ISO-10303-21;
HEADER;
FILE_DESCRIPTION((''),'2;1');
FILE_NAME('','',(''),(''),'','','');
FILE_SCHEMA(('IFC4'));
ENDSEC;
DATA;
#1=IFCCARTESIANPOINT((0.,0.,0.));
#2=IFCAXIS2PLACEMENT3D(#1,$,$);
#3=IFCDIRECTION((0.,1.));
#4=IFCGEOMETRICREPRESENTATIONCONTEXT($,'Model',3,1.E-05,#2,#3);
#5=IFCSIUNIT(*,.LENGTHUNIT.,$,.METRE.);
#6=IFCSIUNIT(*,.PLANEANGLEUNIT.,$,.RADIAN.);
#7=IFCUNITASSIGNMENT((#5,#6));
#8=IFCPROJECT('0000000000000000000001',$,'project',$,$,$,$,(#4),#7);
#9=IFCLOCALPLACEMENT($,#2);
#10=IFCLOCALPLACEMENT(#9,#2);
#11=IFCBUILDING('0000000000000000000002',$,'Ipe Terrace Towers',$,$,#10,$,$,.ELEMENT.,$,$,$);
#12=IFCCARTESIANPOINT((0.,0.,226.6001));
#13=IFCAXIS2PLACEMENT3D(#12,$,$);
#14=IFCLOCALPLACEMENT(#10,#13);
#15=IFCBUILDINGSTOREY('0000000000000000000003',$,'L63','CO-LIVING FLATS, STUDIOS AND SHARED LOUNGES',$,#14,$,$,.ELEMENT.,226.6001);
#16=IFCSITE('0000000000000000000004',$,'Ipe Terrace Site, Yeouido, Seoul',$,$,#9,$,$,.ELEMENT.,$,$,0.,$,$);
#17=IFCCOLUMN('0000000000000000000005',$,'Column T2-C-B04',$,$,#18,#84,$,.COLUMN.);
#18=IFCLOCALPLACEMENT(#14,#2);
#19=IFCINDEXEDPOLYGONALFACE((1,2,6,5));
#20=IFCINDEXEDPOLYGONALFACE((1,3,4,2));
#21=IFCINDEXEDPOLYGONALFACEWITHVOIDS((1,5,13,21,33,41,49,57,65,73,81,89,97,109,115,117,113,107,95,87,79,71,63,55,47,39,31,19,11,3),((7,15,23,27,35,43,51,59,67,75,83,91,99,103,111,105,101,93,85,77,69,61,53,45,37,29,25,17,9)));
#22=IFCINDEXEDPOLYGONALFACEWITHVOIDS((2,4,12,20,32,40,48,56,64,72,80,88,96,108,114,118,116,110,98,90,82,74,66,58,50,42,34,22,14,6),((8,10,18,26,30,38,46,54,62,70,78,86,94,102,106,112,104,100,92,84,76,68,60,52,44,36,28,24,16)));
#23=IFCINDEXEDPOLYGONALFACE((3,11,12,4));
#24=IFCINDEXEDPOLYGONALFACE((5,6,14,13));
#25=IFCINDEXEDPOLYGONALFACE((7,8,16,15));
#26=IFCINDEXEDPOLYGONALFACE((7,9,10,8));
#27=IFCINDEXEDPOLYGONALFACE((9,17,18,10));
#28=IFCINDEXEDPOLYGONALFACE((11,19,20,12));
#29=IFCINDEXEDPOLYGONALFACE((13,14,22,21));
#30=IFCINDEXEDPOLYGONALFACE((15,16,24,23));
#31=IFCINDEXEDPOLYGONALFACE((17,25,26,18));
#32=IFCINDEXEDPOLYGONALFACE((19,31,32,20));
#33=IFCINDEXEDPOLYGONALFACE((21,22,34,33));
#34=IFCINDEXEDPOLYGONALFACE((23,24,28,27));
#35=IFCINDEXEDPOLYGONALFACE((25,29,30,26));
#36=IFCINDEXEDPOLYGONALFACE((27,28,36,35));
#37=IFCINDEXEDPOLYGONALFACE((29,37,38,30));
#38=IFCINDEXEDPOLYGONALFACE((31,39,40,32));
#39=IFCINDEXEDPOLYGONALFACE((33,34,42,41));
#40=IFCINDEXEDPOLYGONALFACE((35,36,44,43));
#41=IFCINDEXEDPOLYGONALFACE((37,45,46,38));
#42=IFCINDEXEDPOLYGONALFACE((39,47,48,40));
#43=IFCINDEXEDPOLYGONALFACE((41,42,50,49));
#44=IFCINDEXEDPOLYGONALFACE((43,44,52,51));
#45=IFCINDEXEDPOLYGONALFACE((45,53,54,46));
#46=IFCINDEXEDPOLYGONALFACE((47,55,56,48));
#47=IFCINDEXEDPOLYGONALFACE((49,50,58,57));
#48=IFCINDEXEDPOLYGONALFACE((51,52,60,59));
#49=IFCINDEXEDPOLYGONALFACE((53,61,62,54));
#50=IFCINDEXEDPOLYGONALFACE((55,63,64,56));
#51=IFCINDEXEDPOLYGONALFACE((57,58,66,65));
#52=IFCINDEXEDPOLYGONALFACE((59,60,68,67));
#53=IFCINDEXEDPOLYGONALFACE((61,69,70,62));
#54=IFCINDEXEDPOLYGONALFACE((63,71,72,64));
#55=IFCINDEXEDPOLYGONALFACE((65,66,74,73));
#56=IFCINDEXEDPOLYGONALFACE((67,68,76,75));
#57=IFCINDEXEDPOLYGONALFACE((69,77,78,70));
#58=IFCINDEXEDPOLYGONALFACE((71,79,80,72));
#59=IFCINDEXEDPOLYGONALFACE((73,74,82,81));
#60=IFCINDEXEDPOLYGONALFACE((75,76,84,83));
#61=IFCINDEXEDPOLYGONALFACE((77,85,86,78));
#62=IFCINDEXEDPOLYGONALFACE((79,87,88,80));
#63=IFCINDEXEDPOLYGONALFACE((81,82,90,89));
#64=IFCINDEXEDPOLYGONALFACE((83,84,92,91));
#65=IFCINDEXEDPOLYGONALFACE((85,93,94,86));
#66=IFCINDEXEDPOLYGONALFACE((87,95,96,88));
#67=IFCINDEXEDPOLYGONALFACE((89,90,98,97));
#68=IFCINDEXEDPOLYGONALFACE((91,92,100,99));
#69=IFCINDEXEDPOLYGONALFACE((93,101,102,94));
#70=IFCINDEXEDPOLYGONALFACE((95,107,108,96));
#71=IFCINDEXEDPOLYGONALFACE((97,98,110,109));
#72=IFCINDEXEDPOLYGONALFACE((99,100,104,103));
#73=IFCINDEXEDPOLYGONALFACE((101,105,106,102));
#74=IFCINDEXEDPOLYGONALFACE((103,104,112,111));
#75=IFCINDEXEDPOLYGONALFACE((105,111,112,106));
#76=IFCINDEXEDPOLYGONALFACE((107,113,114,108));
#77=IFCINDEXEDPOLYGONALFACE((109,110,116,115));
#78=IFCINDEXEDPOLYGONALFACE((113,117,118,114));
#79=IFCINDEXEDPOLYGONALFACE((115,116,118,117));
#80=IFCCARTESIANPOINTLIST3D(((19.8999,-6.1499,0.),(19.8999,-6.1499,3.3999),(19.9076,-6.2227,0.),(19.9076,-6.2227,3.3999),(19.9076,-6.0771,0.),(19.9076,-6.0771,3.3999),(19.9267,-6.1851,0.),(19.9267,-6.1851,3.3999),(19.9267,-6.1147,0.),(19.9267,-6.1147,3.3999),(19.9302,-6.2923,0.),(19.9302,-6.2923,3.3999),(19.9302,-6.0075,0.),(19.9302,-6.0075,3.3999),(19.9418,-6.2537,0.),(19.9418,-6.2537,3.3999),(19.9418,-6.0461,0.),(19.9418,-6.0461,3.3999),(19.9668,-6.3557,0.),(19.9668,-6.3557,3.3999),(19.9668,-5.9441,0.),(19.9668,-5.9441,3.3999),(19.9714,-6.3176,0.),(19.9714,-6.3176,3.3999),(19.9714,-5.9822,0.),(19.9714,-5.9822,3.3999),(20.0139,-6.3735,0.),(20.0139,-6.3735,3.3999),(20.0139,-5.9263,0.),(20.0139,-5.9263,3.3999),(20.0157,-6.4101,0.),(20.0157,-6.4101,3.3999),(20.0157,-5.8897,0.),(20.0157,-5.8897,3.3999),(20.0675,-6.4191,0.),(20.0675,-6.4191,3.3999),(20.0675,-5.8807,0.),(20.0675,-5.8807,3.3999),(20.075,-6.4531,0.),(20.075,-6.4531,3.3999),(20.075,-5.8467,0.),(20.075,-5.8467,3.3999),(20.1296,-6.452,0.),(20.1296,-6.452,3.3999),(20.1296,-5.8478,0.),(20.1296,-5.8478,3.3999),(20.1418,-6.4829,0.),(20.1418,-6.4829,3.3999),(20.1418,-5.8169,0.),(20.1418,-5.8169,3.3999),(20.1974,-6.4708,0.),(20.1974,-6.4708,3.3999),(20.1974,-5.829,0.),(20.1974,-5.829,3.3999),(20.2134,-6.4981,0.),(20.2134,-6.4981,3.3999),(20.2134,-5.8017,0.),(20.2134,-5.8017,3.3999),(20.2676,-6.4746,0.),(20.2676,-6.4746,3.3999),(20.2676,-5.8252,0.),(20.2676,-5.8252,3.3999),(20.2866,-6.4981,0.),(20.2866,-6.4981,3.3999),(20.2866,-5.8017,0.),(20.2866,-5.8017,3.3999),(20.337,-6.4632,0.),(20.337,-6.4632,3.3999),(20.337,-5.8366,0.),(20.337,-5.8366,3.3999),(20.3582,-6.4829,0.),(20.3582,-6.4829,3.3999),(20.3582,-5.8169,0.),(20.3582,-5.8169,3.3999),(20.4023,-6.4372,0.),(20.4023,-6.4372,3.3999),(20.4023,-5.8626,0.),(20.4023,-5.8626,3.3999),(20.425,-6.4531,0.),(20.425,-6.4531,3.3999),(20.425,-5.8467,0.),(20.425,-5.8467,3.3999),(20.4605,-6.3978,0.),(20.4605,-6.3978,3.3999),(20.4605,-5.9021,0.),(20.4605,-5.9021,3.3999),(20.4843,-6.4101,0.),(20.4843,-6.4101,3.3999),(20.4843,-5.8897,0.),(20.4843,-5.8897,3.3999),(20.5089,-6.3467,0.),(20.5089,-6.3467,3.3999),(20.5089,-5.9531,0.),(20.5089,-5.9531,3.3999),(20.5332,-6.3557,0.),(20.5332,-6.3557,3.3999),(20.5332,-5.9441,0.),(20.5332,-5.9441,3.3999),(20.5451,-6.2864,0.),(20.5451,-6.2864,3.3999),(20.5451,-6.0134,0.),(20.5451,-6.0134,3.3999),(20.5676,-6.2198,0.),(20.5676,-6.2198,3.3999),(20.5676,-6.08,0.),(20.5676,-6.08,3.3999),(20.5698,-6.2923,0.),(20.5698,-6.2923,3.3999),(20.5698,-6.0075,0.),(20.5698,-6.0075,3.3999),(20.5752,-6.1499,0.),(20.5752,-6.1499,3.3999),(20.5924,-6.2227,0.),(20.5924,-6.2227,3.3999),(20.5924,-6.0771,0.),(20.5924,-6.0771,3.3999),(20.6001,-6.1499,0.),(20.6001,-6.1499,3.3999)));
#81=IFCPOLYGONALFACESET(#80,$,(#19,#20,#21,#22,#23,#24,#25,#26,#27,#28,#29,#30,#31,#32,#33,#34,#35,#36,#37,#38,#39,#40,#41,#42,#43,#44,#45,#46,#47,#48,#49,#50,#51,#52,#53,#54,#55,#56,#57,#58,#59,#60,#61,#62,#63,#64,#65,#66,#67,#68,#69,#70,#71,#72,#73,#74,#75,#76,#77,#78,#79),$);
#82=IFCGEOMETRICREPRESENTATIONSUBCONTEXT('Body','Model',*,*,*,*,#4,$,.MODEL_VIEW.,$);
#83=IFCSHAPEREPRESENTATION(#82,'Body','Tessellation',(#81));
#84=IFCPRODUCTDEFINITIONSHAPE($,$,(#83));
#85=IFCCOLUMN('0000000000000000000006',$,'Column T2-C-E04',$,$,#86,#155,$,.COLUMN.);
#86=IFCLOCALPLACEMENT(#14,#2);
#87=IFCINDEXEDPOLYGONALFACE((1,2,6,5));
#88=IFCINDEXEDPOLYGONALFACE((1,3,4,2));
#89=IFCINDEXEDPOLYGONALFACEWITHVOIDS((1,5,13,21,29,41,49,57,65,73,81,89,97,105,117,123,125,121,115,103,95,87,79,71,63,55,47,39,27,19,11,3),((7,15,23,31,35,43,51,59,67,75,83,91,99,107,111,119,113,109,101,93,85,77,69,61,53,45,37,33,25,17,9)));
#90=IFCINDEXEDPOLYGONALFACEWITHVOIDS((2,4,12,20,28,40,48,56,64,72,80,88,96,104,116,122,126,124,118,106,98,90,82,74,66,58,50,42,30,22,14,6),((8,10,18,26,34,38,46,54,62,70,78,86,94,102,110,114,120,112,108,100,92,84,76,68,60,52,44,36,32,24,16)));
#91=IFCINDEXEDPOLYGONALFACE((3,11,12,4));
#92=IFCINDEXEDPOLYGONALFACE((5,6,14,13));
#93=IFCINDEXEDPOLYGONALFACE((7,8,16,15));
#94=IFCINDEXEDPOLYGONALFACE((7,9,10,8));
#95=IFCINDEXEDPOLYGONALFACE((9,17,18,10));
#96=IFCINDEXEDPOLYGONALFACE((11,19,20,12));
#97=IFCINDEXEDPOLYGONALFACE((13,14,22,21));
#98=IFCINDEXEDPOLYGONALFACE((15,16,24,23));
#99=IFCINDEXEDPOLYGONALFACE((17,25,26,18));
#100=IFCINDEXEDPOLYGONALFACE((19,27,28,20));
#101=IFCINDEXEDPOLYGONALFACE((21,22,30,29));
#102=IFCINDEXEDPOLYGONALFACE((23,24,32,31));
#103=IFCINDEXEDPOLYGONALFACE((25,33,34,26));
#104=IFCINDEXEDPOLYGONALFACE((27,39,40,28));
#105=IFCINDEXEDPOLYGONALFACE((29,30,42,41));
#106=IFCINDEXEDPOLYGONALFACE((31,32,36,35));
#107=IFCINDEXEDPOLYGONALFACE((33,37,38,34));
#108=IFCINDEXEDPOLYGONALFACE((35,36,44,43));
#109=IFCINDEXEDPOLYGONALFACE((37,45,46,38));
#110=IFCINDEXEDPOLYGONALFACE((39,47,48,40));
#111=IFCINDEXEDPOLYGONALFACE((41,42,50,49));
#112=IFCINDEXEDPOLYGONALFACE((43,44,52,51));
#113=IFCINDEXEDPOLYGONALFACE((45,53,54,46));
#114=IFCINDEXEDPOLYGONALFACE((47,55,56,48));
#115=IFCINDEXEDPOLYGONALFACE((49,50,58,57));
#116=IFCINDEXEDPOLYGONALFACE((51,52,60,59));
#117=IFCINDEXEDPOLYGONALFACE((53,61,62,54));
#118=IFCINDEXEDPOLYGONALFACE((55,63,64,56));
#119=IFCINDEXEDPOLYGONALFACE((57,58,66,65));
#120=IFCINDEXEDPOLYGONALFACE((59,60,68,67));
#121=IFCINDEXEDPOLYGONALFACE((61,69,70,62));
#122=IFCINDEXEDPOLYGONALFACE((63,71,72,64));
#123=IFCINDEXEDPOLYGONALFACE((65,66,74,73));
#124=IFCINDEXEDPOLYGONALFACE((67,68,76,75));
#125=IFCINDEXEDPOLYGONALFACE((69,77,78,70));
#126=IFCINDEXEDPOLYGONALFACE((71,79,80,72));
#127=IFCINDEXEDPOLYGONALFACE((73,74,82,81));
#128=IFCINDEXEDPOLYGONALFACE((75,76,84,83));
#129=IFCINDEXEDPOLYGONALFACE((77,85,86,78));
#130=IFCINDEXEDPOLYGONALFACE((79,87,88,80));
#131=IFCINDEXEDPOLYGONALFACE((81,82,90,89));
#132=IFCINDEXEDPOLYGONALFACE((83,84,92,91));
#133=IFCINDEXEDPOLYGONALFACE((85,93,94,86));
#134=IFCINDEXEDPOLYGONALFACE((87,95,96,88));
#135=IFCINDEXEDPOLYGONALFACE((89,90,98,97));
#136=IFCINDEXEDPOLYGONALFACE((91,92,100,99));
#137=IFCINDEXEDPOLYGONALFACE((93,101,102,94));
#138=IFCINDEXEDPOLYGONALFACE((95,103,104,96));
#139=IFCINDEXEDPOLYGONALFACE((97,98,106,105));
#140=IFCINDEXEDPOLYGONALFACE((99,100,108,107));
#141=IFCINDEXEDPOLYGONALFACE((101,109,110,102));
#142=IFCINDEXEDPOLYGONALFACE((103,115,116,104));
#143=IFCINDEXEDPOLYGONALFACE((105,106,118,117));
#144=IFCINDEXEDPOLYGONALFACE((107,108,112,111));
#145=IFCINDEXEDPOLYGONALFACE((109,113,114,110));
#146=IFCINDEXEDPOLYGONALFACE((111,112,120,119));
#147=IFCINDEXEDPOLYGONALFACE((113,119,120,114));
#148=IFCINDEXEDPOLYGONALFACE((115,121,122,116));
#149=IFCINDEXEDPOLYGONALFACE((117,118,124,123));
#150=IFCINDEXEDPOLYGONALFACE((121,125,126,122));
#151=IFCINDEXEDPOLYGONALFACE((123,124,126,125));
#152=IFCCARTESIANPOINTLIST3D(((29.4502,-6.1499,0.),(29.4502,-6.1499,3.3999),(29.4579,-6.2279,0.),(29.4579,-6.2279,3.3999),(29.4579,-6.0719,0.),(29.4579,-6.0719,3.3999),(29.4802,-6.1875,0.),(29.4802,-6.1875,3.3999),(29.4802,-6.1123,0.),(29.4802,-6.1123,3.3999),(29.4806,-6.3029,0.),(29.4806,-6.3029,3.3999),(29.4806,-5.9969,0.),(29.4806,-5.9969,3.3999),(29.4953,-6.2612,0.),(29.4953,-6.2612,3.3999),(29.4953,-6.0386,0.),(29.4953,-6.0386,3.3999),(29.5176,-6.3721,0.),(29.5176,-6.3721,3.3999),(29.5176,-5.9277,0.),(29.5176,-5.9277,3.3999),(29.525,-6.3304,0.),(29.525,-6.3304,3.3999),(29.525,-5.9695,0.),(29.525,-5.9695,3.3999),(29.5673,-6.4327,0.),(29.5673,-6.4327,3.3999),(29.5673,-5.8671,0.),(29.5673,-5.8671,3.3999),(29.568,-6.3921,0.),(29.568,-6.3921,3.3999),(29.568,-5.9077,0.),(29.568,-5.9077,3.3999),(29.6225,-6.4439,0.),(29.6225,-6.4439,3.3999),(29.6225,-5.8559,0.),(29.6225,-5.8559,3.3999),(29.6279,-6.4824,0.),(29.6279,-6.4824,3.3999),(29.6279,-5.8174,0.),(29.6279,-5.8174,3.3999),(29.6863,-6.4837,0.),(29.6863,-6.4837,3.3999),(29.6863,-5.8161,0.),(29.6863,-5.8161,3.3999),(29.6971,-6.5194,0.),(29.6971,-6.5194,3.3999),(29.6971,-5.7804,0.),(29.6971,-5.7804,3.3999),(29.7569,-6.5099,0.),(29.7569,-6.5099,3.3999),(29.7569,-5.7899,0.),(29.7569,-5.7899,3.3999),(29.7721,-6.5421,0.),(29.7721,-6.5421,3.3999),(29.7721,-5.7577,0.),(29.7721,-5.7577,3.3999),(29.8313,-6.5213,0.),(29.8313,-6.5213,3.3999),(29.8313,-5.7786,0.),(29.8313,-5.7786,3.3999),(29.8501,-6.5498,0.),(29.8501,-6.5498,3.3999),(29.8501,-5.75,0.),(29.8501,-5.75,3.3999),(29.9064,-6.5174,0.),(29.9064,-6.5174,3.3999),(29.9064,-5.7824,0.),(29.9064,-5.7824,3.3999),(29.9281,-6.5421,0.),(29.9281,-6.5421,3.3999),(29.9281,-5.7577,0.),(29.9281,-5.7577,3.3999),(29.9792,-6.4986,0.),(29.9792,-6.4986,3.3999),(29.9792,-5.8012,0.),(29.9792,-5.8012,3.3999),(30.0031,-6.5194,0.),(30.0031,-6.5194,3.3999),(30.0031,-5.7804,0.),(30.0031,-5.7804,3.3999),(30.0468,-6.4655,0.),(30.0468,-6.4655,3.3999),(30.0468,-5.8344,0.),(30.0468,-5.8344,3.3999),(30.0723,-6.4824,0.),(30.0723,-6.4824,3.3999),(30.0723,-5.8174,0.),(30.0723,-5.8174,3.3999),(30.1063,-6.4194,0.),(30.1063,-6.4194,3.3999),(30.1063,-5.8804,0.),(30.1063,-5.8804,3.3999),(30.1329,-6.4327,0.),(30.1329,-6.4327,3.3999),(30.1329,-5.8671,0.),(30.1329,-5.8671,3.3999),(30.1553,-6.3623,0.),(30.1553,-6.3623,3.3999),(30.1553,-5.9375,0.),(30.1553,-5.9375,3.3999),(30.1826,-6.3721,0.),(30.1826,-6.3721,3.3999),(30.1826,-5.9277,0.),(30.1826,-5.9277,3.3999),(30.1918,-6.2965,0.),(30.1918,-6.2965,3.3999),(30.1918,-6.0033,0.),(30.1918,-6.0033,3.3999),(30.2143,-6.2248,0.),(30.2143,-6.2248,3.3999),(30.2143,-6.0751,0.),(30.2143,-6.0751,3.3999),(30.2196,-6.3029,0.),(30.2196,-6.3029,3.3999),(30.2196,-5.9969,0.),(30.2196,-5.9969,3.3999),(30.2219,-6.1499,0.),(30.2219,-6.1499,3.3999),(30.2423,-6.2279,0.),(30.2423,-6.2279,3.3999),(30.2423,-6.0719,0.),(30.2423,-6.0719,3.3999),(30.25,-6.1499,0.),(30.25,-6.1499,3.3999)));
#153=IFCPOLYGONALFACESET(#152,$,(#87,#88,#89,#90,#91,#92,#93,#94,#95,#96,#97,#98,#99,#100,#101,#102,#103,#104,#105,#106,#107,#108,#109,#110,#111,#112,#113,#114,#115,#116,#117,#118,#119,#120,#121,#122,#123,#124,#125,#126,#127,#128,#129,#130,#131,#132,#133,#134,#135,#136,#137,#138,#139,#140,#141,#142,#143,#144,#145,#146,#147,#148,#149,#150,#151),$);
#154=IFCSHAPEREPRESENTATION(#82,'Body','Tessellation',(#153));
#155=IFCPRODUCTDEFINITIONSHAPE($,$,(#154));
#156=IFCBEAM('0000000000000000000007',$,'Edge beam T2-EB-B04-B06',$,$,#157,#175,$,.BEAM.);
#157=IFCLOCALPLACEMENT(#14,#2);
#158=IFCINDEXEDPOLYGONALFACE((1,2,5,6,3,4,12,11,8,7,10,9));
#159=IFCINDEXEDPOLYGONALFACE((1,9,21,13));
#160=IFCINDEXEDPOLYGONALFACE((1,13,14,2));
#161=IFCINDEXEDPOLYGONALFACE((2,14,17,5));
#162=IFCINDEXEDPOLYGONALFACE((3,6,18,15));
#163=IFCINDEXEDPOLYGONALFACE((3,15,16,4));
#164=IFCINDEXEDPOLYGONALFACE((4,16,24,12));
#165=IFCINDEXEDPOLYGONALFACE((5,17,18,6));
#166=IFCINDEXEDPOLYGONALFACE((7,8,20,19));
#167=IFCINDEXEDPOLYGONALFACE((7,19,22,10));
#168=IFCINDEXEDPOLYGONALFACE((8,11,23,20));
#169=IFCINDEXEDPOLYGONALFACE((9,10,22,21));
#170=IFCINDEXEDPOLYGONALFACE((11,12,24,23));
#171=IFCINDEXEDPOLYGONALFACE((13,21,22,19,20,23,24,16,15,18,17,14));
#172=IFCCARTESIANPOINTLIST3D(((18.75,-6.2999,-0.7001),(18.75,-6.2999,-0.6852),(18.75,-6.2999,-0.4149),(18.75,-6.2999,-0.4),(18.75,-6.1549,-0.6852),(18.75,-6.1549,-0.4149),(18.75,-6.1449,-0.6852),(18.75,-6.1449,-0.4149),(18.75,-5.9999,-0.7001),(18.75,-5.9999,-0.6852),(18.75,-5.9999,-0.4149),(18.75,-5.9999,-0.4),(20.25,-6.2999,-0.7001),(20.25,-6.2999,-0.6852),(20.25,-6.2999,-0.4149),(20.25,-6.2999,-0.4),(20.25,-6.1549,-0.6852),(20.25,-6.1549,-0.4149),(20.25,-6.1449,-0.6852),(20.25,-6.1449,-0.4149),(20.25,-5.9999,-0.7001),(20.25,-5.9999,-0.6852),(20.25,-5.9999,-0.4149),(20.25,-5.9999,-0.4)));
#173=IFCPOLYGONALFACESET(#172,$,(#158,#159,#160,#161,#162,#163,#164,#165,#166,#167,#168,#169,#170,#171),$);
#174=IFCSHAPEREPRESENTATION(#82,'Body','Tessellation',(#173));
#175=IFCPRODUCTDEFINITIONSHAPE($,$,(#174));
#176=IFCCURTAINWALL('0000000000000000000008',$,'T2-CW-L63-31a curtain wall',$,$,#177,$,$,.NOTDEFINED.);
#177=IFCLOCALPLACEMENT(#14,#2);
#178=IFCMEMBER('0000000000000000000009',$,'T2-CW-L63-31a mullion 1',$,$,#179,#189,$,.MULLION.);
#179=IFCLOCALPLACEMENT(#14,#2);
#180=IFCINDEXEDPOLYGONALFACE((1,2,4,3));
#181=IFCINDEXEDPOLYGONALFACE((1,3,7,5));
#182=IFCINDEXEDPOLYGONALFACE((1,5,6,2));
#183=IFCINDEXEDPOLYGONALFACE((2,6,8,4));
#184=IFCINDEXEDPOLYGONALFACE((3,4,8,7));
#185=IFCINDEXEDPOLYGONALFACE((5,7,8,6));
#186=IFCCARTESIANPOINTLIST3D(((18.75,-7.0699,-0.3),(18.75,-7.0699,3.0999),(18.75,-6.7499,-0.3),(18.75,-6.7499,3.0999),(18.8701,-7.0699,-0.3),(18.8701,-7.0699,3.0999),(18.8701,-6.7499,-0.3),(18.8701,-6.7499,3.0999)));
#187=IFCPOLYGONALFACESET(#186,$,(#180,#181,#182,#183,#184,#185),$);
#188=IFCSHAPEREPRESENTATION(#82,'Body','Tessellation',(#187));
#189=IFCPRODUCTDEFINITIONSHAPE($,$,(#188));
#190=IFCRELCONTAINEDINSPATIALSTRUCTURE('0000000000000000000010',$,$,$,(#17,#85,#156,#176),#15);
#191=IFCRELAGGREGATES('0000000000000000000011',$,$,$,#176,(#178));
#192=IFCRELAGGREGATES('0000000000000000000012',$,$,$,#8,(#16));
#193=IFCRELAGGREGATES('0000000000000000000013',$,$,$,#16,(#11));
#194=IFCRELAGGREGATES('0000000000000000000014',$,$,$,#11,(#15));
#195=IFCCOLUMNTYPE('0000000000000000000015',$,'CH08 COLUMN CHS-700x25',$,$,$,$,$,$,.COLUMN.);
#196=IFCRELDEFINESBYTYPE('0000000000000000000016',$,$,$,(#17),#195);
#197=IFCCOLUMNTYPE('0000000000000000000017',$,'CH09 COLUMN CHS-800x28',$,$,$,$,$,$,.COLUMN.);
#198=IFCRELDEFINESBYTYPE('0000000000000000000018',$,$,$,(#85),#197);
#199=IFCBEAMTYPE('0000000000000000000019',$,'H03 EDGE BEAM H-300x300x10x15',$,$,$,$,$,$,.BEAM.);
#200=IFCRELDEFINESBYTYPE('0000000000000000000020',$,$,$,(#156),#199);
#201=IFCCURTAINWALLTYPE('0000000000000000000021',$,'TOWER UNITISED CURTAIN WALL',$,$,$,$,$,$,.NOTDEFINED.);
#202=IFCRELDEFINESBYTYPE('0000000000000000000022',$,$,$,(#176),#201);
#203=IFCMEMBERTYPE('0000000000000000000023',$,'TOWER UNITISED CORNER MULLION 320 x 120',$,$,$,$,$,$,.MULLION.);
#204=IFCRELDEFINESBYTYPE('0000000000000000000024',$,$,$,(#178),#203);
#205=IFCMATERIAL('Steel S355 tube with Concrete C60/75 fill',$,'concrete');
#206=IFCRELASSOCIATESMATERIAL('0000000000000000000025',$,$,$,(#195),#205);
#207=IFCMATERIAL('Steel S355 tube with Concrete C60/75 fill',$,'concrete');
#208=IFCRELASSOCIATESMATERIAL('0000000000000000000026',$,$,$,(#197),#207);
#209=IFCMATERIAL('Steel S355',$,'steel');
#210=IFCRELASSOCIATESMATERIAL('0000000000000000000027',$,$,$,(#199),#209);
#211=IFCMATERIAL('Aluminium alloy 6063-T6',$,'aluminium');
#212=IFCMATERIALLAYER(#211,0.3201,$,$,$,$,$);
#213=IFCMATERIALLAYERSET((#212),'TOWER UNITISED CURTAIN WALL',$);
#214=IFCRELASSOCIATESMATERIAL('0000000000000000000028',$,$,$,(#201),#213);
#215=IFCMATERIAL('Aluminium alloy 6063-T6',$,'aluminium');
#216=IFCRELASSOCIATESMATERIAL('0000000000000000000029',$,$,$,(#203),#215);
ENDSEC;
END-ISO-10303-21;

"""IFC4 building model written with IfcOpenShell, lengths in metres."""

from ifc_helpers import new_model, si_unit, direction, frame, origin, origin_2d, place, context, subcontext, project, spatial, rectangle, hollow_circle, i_section, extrude, material, layer, layer_set, material_profile, profile_set, type_object, element, aggregate, save


model = new_model("IFC4")

# Units and contexts
model_context = context("Model", 3, precision=1e-05, world=origin(), true_north=direction((0.0, 1.0)))
body_context = subcontext(model_context, "Body", "Model", "MODEL_VIEW")
ifc_project = project(units=[si_unit("LENGTHUNIT", "METRE"), si_unit("PLANEANGLEUNIT", "RADIAN")], contexts=[model_context])

# Site, building, storey
site_placement = place(None, origin())
site = spatial("IfcSite", under=ifc_project, at=site_placement, Name="Ipe Terrace Site, Yeouido, Seoul", CompositionType="ELEMENT", RefElevation=0.0)
building_placement = place(site_placement, origin())
building = spatial("IfcBuilding", under=site, at=building_placement, Name="Ipe Terrace Towers", CompositionType="ELEMENT")
storey_placement = place(building_placement, frame((0.0, 0.0, 226.6001)))
storey = spatial("IfcBuildingStorey", under=building, at=storey_placement, Name="L63", Description="CO-LIVING FLATS, STUDIOS AND SHARED LOUNGES", CompositionType="ELEMENT", Elevation=226.6001)

# Columns
ifc_material_1 = material(Name="Steel S355 tube with Concrete C60/75 fill", Category="concrete")
ifc_material_profile_1 = material_profile(ifc_material_1, hollow_circle(Radius=0.3501, WallThickness=0.0249, at=origin_2d()), Name="CHS-700x25")
ifc_profile_set_1 = profile_set([ifc_material_profile_1], Name="Steel S355 tube with Concrete C60/75 fill")
column_type_1 = type_object("IfcColumnType", Name="CH08 COLUMN CHS-700x25", PredefinedType="COLUMN", material=ifc_profile_set_1)
column_1_placement = place(storey_placement, frame((20.25, -6.1499, 0.0), z_axis=(0.0, 0.0, 1.0), x_axis=(1.0, 0.0, 0.0)))
element("IfcColumn", 1, at=column_1_placement, inside=storey, type_object=column_type_1, Name="Column T2-C-B04", PredefinedType="COLUMN", context=body_context, shape_type="SweptSolid", body=[
    extrude(hollow_circle(Radius=0.3501, WallThickness=0.0249, at=origin_2d()), origin(), (0.0, 0.0, 1.0), 3.3999),
])
ifc_material_2 = material(Name="Steel S355 tube with Concrete C60/75 fill", Category="concrete")
ifc_material_profile_2 = material_profile(ifc_material_2, hollow_circle(Radius=0.3999, WallThickness=0.0281, at=origin_2d()), Name="CHS-800x28")
ifc_profile_set_2 = profile_set([ifc_material_profile_2], Name="Steel S355 tube with Concrete C60/75 fill")
column_type_2 = type_object("IfcColumnType", Name="CH09 COLUMN CHS-800x28", PredefinedType="COLUMN", material=ifc_profile_set_2)
column_2_placement = place(storey_placement, frame((29.8501, -6.1499, 0.0), z_axis=(0.0, 0.0, 1.0), x_axis=(1.0, 0.0, 0.0)))
element("IfcColumn", 2, at=column_2_placement, inside=storey, type_object=column_type_2, Name="Column T2-C-E04", PredefinedType="COLUMN", context=body_context, shape_type="SweptSolid", body=[
    extrude(hollow_circle(Radius=0.3999, WallThickness=0.0281, at=origin_2d()), origin(), (0.0, 0.0, 1.0), 3.3999),
])

# Beam
ifc_material_3 = material(Name="Steel S355", Category="steel")
ifc_material_profile_3 = material_profile(ifc_material_3, i_section(OverallWidth=0.3, OverallDepth=0.3, WebThickness=0.01, FlangeThickness=0.0149, at=origin_2d()), Name="H-300x300x10x15")
ifc_profile_set_3 = profile_set([ifc_material_profile_3], Name="Steel S355")
beam_type = type_object("IfcBeamType", Name="H03 EDGE BEAM H-300x300x10x15", PredefinedType="BEAM", material=ifc_profile_set_3)
beam_placement = place(storey_placement, frame((20.25, -6.1499, -0.55), z_axis=(-1.0, 0.0, 0.0), x_axis=(0.0, -1.0, 0.0)))
element("IfcBeam", 3, at=beam_placement, inside=storey, type_object=beam_type, Name="Edge beam T2-EB-B04-B06", PredefinedType="BEAM", context=body_context, shape_type="SweptSolid", body=[
    extrude(i_section(OverallWidth=0.3, OverallDepth=0.3, WebThickness=0.01, FlangeThickness=0.0149, at=origin_2d()), origin(), (0.0, 0.0, 1.0), 1.5),
])

# Curtain wall, member
ifc_material_4 = material(Name="Aluminium alloy 6063-T6", Category="aluminium")
ifc_layer_1 = layer(ifc_material_4, 0.3201)
ifc_layer_set_1 = layer_set([ifc_layer_1], Name="TOWER UNITISED CURTAIN WALL")
curtain_wall_type = type_object("IfcCurtainWallType", Name="TOWER UNITISED CURTAIN WALL", PredefinedType="NOTDEFINED", material=ifc_layer_set_1)
curtain_wall_1_placement = place(storey_placement, origin())
curtain_wall_1 = element("IfcCurtainWall", 4, at=curtain_wall_1_placement, inside=storey, type_object=curtain_wall_type, Name="T2-CW-L63-31a curtain wall", PredefinedType="NOTDEFINED")
ifc_material_5 = material(Name="Aluminium alloy 6063-T6", Category="aluminium")
ifc_material_profile_4 = material_profile(ifc_material_5, rectangle(XDim=0.3201, YDim=0.1201, at=origin_2d()), Name="TOWER UNITISED CORNER MULLION 320 x 120")
ifc_profile_set_4 = profile_set([ifc_material_profile_4], Name="Aluminium alloy 6063-T6")
member_type = type_object("IfcMemberType", Name="TOWER UNITISED CORNER MULLION 320 x 120", PredefinedType="MULLION", material=ifc_profile_set_4)
member_1_placement = place(storey_placement, frame((18.8101, -6.9099, -0.3), z_axis=(0.0, 0.0, 1.0), x_axis=(0.0, -1.0, 0.0)))
member_1 = element("IfcMember", 5, at=member_1_placement, type_object=member_type, Name="T2-CW-L63-31a mullion 1", PredefinedType="MULLION", context=body_context, shape_type="SweptSolid", body=[
    extrude(rectangle(XDim=0.3201, YDim=0.1201, at=origin_2d()), origin(), (0.0, 0.0, 1.0), 3.3999),
])

aggregate(curtain_wall_1, [member_1])

save(model, "model.ifc")
